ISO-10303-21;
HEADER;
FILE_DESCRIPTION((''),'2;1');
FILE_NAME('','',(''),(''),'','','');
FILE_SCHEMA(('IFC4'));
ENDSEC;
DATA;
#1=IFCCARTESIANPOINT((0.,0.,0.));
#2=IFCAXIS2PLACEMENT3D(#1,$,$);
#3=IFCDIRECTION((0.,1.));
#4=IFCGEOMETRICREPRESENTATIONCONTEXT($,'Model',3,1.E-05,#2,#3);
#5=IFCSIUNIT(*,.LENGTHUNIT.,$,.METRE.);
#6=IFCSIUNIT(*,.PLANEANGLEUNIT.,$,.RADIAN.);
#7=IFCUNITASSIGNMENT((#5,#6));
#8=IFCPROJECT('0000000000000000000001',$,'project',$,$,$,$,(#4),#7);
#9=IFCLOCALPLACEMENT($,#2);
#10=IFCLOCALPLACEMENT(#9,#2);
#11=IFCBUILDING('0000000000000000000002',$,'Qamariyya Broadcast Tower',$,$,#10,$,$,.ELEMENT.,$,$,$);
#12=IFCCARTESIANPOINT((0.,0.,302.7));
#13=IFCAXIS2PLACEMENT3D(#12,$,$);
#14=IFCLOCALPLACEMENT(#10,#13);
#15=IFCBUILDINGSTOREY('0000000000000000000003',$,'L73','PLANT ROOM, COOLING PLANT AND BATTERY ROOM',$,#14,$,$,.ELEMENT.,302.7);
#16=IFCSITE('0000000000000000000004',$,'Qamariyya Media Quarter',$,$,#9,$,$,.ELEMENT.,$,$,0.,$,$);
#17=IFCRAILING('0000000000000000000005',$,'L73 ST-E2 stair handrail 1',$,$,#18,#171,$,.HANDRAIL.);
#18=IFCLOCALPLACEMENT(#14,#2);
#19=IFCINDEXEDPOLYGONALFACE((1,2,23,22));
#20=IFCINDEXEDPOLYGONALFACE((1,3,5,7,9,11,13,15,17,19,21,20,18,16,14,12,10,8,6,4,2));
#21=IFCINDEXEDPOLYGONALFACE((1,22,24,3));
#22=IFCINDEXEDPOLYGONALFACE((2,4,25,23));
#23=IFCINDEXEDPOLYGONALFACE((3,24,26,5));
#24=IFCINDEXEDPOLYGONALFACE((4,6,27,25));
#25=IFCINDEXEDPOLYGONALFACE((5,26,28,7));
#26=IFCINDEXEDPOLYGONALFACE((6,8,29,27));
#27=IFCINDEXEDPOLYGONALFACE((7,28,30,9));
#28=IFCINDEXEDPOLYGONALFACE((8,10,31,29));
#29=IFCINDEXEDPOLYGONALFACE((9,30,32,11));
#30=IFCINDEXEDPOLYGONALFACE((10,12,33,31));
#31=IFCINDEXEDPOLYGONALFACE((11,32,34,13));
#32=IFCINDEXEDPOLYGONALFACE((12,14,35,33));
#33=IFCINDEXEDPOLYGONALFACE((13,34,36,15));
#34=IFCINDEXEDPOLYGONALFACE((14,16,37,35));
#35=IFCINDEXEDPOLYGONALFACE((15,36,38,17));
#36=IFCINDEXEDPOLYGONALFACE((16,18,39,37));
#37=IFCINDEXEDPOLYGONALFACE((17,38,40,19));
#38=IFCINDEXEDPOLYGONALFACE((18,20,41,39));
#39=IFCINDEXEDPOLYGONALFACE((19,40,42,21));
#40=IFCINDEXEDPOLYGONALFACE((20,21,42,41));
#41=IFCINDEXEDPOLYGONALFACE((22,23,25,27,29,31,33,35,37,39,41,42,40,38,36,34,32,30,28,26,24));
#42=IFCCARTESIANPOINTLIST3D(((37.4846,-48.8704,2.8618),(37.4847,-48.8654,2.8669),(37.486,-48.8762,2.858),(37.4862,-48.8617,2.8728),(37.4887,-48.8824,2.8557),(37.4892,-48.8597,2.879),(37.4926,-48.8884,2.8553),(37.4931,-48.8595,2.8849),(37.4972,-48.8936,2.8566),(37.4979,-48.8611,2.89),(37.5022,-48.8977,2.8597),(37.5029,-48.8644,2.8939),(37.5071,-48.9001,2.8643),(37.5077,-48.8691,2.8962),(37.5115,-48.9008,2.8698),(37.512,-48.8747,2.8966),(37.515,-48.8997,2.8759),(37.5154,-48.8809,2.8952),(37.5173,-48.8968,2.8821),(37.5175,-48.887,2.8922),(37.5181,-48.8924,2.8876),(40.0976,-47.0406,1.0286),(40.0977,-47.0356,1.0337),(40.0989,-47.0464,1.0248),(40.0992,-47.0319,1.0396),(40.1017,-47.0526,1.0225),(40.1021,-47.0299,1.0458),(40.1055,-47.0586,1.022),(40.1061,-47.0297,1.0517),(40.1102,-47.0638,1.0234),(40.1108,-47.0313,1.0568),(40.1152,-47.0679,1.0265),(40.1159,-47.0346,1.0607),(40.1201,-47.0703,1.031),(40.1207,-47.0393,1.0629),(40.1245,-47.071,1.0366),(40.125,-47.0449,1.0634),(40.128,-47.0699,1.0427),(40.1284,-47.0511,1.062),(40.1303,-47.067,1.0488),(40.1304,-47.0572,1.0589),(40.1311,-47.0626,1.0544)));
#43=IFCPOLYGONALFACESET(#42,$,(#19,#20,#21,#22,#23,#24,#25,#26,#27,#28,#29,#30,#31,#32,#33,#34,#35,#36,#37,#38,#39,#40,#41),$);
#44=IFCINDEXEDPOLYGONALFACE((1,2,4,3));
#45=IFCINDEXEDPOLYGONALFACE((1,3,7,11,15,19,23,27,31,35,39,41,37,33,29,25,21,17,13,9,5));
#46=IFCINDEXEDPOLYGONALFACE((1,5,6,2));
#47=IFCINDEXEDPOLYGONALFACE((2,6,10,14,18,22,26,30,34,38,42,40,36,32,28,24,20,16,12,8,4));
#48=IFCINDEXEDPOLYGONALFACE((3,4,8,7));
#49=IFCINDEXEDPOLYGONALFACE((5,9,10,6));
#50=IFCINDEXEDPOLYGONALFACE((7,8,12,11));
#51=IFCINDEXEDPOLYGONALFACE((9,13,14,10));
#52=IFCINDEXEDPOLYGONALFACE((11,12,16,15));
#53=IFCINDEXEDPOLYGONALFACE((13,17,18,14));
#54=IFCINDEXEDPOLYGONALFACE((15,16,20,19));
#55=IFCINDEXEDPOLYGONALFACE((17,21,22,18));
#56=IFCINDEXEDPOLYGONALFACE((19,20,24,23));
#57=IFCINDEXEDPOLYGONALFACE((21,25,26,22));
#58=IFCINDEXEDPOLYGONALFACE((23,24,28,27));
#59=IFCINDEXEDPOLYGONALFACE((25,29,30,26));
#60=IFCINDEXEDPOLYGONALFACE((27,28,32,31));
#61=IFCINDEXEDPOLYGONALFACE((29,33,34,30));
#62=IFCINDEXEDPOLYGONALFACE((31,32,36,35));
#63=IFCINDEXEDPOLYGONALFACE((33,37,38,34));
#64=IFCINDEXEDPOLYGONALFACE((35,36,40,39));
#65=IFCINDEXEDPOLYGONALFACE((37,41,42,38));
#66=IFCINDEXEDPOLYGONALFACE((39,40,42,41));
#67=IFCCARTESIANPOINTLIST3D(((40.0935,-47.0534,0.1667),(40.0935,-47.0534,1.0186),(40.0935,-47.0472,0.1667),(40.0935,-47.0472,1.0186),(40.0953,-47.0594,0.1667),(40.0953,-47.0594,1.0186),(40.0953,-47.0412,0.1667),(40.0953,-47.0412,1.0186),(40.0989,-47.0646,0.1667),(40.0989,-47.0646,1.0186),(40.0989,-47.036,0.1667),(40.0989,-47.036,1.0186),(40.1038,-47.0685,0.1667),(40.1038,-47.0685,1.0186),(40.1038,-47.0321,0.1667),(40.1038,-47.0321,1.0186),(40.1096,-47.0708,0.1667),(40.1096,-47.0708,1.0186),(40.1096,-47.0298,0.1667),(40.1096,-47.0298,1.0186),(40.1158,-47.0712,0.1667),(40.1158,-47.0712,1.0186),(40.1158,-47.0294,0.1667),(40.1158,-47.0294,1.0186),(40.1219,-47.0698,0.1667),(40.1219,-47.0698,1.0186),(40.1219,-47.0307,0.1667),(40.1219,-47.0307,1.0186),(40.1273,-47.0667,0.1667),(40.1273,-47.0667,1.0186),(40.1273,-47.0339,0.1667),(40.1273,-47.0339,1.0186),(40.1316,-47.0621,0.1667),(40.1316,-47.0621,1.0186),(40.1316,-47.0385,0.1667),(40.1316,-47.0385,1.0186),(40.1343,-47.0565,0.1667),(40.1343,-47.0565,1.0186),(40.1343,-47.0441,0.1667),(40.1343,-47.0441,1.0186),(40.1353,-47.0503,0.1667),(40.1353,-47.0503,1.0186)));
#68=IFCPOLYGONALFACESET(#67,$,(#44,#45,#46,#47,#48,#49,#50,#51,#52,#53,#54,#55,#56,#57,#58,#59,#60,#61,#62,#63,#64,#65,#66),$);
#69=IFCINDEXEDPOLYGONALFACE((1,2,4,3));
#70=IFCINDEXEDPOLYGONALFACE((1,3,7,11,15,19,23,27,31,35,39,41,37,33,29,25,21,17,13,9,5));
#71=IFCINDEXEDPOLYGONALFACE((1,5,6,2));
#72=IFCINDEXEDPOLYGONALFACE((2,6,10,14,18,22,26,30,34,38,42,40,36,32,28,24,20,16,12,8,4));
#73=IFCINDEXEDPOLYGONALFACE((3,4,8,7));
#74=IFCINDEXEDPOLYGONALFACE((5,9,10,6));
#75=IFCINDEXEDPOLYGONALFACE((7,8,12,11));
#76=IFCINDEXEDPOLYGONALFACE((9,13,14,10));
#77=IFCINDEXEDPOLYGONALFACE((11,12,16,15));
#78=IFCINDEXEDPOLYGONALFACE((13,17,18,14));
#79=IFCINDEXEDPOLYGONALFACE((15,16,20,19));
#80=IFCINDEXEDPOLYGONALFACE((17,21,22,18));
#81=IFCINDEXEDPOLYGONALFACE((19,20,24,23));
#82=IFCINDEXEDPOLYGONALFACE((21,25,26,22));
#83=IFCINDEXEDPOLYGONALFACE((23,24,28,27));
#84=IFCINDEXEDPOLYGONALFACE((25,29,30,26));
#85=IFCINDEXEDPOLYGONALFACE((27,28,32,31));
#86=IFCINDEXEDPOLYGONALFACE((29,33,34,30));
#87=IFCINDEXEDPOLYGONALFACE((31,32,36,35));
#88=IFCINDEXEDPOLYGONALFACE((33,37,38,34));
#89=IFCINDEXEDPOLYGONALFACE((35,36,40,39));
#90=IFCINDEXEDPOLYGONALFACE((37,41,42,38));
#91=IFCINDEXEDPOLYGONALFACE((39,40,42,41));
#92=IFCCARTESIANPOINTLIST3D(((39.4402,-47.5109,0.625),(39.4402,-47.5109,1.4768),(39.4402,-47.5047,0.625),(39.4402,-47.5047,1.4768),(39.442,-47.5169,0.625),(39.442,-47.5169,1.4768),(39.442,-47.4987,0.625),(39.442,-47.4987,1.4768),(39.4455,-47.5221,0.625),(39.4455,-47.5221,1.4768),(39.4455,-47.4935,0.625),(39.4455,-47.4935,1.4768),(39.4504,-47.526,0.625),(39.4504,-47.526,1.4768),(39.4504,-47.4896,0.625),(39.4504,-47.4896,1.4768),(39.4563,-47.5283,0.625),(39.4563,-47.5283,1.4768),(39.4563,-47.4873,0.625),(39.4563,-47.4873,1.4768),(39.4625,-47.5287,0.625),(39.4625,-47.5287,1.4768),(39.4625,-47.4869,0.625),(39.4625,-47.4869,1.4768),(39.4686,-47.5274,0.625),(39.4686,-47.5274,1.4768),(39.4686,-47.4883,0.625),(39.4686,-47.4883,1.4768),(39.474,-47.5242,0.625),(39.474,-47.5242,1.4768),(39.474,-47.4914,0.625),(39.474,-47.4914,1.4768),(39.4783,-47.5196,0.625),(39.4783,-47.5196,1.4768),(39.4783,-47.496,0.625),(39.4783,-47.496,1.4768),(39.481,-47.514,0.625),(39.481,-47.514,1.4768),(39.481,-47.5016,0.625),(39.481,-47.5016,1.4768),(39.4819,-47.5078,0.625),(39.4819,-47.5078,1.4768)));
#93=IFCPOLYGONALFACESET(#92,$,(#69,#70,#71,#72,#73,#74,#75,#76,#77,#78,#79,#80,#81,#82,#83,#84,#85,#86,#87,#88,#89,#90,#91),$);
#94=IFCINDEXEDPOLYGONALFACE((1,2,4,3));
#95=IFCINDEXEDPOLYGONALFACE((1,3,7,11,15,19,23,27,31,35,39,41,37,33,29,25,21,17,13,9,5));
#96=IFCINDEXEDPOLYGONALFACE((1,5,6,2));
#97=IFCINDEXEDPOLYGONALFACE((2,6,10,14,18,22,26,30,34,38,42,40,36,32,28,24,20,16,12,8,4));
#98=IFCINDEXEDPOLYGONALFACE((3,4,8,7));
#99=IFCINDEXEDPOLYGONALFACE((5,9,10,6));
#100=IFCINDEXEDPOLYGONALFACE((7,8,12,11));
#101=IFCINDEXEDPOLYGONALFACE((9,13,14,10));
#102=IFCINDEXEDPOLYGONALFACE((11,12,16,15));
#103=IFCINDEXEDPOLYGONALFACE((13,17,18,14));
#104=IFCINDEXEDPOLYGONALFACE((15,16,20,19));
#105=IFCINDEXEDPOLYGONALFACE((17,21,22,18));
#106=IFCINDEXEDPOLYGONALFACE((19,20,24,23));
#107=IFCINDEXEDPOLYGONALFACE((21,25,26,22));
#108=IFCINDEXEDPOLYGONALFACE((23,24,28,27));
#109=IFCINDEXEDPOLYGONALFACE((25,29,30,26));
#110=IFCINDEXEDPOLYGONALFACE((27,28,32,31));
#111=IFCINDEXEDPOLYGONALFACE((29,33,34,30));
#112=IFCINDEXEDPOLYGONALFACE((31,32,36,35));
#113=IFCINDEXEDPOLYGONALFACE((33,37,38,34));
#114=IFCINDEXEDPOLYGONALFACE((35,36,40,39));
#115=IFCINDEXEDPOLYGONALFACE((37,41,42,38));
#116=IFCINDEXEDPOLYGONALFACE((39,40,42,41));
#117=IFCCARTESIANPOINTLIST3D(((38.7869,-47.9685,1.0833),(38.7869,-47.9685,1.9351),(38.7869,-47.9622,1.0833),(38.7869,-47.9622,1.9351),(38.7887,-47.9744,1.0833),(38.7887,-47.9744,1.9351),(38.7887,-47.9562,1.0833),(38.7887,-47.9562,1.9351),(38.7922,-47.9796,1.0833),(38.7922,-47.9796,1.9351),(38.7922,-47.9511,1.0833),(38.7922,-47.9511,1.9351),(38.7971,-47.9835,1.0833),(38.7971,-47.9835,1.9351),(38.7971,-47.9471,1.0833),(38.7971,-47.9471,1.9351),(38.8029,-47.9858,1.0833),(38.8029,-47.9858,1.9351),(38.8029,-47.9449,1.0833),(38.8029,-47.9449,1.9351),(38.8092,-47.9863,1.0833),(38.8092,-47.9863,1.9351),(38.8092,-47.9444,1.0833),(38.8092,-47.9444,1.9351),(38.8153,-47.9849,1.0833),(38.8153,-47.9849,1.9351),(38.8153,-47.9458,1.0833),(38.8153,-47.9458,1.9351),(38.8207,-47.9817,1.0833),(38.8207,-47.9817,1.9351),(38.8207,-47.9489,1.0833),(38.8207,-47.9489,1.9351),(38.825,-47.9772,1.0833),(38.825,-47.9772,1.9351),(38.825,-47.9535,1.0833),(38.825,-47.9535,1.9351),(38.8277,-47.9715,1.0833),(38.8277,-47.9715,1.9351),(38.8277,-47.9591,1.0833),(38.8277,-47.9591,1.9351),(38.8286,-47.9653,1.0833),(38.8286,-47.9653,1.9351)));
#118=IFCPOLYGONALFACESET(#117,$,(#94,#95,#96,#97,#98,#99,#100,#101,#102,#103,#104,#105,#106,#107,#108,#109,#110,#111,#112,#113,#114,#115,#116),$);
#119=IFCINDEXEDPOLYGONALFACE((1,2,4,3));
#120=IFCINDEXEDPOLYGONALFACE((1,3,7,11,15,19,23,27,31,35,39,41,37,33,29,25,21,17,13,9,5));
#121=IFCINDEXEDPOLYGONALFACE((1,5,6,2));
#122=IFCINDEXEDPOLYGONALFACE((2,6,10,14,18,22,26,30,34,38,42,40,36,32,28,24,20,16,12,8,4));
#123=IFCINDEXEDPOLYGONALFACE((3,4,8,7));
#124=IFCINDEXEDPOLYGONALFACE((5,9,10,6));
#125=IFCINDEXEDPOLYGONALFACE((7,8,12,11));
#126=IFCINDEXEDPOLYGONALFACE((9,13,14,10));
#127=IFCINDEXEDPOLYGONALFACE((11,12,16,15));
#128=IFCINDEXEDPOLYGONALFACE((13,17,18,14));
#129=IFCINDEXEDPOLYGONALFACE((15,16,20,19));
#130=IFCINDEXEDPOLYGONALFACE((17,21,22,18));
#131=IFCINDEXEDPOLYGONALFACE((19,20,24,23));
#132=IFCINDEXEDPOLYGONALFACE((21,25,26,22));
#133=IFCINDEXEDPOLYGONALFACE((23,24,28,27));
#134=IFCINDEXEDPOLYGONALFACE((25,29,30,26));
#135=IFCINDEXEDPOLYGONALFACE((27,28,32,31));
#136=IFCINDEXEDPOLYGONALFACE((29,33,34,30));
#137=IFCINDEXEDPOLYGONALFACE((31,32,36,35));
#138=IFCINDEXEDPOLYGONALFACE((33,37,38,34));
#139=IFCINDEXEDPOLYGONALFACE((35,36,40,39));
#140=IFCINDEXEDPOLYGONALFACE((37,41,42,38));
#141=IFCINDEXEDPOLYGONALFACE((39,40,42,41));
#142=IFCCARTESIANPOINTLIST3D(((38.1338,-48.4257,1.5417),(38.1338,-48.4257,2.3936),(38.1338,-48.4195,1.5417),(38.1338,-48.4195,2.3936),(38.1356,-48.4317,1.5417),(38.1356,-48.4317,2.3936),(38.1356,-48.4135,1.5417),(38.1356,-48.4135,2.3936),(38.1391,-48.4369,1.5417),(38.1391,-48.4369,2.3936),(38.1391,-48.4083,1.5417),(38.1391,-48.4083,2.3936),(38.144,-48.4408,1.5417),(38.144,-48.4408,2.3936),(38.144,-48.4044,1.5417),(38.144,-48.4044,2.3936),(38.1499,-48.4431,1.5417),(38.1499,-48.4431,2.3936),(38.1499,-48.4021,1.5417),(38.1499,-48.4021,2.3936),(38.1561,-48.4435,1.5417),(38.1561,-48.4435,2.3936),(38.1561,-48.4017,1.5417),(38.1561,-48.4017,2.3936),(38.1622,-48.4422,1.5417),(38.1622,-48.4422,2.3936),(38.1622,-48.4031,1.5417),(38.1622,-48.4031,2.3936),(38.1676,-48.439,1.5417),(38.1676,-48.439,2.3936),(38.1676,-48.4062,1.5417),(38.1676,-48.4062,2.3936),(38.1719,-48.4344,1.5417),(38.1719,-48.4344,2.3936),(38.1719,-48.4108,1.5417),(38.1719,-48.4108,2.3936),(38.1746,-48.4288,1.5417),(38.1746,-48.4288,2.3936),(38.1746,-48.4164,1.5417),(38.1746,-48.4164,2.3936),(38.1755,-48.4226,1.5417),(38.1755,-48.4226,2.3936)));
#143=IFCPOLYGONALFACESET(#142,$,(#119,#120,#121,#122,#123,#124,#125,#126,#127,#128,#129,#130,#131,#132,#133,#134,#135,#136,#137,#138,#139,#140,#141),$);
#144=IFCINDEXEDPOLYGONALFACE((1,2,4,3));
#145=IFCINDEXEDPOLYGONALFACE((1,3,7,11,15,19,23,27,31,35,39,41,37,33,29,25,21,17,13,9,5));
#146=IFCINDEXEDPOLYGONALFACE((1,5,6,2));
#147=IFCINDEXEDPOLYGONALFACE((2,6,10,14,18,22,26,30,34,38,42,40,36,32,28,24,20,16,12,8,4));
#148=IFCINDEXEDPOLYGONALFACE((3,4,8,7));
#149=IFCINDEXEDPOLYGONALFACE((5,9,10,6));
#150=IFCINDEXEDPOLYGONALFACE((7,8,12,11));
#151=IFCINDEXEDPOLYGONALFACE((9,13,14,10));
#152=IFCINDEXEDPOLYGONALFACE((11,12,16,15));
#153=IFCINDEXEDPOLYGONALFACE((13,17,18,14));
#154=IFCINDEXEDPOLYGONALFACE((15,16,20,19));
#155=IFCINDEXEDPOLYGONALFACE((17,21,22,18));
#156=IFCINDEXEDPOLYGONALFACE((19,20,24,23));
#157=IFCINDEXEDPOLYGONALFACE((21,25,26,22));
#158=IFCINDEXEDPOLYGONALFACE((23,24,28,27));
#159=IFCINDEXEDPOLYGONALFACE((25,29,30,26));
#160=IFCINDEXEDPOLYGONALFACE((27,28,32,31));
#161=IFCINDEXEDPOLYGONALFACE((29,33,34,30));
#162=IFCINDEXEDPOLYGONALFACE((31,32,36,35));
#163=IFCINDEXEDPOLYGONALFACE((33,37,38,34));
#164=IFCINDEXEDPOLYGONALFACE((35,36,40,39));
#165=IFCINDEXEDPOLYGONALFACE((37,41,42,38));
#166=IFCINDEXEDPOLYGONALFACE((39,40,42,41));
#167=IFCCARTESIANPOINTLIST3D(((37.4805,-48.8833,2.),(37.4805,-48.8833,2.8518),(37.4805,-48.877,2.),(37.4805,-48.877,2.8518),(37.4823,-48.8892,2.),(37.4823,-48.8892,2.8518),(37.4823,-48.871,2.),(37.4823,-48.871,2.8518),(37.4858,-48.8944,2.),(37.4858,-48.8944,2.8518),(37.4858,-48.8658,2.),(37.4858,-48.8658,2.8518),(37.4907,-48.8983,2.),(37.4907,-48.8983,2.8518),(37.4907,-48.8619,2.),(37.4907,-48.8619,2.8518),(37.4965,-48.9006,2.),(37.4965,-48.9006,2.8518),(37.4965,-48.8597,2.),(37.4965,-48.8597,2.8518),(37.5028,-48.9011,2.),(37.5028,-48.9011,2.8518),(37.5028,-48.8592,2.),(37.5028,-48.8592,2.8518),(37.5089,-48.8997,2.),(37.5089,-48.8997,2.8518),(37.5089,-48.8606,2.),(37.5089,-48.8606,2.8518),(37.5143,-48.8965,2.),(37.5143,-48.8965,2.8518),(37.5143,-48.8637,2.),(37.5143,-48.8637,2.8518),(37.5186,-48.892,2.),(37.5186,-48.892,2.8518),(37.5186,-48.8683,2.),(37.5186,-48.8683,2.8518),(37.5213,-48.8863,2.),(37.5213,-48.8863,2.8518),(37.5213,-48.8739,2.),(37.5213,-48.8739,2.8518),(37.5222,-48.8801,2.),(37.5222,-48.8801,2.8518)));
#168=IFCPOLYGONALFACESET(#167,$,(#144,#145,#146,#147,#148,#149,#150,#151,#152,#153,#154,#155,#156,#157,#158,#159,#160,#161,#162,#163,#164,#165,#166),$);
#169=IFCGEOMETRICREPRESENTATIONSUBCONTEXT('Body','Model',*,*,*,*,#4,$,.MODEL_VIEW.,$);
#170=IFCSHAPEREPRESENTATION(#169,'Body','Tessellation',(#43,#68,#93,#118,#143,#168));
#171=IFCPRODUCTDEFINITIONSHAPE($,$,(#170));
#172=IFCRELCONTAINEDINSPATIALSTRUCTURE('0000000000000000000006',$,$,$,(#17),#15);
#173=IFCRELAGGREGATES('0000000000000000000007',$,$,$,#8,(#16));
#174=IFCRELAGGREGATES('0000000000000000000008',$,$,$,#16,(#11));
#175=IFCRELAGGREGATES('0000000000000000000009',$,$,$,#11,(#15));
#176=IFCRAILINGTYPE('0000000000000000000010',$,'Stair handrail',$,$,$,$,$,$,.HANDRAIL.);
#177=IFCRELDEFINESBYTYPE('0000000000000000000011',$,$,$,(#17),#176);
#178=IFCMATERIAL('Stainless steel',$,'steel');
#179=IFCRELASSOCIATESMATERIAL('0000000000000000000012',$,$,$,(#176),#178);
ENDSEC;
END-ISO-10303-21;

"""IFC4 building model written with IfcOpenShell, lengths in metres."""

from ifc_helpers import new_model, si_unit, direction, frame, origin, origin_2d, place, context, subcontext, project, spatial, circle, extrude, material, type_object, element, save


model = new_model("IFC4")

# Units and contexts
model_context = context("Model", 3, precision=1e-05, world=origin(), true_north=direction((0.0, 1.0)))
body_context = subcontext(model_context, "Body", "Model", "MODEL_VIEW")
ifc_project = project(units=[si_unit("LENGTHUNIT", "METRE"), si_unit("PLANEANGLEUNIT", "RADIAN")], contexts=[model_context])

# Site, building, storey
site_placement = place(None, origin())
site = spatial("IfcSite", under=ifc_project, at=site_placement, Name="Qamariyya Media Quarter", CompositionType="ELEMENT", RefElevation=0.0)
building_placement = place(site_placement, origin())
building = spatial("IfcBuilding", under=site, at=building_placement, Name="Qamariyya Broadcast Tower", CompositionType="ELEMENT")
storey_placement = place(building_placement, frame((0.0, 0.0, 302.7)))
storey = spatial("IfcBuildingStorey", under=building, at=storey_placement, Name="L73", Description="PLANT ROOM, COOLING PLANT AND BATTERY ROOM", CompositionType="ELEMENT", Elevation=302.7)

# Railing
ifc_material_1 = material(Name="Stainless steel", Category="steel")
railing_type_1 = type_object("IfcRailingType", Name="Stair handrail", PredefinedType="HANDRAIL", material=ifc_material_1)
railing_1_placement = place(storey_placement, frame((40.1143, -47.0503, 0.1667)))
element("IfcRailing", 1, at=railing_1_placement, inside=storey, type_object=railing_type_1, Name="L73 ST-E2 stair handrail 1", PredefinedType="HANDRAIL", context=body_context, shape_type="SweptSolid", body=[
    extrude(circle(Radius=0.0239, at=origin_2d()), frame((0.0, 0.0, 0.876), z_axis=(-0.710204, -0.497335, 0.498264), x_axis=(0.573611, -0.819128, 0.0)), (0.0, 0.0, 1.0), 3.6792),
    extrude(circle(Radius=0.021, at=origin_2d()), origin(), (0.0, 0.0, 1.0), 0.8518),
    extrude(circle(Radius=0.021, at=origin_2d()), frame((-0.6533, -0.4575, 0.4583)), (0.0, 0.0, 1.0), 0.8518),
    extrude(circle(Radius=0.021, at=origin_2d()), frame((-1.3066, -0.915, 0.9165)), (0.0, 0.0, 1.0), 0.8518),
    extrude(circle(Radius=0.021, at=origin_2d()), frame((-1.9597, -1.3723, 1.375)), (0.0, 0.0, 1.0), 0.8518),
    extrude(circle(Radius=0.021, at=origin_2d()), frame((-2.613, -1.8298, 1.8333)), (0.0, 0.0, 1.0), 0.8518),
])

save(model, "model.ifc")
